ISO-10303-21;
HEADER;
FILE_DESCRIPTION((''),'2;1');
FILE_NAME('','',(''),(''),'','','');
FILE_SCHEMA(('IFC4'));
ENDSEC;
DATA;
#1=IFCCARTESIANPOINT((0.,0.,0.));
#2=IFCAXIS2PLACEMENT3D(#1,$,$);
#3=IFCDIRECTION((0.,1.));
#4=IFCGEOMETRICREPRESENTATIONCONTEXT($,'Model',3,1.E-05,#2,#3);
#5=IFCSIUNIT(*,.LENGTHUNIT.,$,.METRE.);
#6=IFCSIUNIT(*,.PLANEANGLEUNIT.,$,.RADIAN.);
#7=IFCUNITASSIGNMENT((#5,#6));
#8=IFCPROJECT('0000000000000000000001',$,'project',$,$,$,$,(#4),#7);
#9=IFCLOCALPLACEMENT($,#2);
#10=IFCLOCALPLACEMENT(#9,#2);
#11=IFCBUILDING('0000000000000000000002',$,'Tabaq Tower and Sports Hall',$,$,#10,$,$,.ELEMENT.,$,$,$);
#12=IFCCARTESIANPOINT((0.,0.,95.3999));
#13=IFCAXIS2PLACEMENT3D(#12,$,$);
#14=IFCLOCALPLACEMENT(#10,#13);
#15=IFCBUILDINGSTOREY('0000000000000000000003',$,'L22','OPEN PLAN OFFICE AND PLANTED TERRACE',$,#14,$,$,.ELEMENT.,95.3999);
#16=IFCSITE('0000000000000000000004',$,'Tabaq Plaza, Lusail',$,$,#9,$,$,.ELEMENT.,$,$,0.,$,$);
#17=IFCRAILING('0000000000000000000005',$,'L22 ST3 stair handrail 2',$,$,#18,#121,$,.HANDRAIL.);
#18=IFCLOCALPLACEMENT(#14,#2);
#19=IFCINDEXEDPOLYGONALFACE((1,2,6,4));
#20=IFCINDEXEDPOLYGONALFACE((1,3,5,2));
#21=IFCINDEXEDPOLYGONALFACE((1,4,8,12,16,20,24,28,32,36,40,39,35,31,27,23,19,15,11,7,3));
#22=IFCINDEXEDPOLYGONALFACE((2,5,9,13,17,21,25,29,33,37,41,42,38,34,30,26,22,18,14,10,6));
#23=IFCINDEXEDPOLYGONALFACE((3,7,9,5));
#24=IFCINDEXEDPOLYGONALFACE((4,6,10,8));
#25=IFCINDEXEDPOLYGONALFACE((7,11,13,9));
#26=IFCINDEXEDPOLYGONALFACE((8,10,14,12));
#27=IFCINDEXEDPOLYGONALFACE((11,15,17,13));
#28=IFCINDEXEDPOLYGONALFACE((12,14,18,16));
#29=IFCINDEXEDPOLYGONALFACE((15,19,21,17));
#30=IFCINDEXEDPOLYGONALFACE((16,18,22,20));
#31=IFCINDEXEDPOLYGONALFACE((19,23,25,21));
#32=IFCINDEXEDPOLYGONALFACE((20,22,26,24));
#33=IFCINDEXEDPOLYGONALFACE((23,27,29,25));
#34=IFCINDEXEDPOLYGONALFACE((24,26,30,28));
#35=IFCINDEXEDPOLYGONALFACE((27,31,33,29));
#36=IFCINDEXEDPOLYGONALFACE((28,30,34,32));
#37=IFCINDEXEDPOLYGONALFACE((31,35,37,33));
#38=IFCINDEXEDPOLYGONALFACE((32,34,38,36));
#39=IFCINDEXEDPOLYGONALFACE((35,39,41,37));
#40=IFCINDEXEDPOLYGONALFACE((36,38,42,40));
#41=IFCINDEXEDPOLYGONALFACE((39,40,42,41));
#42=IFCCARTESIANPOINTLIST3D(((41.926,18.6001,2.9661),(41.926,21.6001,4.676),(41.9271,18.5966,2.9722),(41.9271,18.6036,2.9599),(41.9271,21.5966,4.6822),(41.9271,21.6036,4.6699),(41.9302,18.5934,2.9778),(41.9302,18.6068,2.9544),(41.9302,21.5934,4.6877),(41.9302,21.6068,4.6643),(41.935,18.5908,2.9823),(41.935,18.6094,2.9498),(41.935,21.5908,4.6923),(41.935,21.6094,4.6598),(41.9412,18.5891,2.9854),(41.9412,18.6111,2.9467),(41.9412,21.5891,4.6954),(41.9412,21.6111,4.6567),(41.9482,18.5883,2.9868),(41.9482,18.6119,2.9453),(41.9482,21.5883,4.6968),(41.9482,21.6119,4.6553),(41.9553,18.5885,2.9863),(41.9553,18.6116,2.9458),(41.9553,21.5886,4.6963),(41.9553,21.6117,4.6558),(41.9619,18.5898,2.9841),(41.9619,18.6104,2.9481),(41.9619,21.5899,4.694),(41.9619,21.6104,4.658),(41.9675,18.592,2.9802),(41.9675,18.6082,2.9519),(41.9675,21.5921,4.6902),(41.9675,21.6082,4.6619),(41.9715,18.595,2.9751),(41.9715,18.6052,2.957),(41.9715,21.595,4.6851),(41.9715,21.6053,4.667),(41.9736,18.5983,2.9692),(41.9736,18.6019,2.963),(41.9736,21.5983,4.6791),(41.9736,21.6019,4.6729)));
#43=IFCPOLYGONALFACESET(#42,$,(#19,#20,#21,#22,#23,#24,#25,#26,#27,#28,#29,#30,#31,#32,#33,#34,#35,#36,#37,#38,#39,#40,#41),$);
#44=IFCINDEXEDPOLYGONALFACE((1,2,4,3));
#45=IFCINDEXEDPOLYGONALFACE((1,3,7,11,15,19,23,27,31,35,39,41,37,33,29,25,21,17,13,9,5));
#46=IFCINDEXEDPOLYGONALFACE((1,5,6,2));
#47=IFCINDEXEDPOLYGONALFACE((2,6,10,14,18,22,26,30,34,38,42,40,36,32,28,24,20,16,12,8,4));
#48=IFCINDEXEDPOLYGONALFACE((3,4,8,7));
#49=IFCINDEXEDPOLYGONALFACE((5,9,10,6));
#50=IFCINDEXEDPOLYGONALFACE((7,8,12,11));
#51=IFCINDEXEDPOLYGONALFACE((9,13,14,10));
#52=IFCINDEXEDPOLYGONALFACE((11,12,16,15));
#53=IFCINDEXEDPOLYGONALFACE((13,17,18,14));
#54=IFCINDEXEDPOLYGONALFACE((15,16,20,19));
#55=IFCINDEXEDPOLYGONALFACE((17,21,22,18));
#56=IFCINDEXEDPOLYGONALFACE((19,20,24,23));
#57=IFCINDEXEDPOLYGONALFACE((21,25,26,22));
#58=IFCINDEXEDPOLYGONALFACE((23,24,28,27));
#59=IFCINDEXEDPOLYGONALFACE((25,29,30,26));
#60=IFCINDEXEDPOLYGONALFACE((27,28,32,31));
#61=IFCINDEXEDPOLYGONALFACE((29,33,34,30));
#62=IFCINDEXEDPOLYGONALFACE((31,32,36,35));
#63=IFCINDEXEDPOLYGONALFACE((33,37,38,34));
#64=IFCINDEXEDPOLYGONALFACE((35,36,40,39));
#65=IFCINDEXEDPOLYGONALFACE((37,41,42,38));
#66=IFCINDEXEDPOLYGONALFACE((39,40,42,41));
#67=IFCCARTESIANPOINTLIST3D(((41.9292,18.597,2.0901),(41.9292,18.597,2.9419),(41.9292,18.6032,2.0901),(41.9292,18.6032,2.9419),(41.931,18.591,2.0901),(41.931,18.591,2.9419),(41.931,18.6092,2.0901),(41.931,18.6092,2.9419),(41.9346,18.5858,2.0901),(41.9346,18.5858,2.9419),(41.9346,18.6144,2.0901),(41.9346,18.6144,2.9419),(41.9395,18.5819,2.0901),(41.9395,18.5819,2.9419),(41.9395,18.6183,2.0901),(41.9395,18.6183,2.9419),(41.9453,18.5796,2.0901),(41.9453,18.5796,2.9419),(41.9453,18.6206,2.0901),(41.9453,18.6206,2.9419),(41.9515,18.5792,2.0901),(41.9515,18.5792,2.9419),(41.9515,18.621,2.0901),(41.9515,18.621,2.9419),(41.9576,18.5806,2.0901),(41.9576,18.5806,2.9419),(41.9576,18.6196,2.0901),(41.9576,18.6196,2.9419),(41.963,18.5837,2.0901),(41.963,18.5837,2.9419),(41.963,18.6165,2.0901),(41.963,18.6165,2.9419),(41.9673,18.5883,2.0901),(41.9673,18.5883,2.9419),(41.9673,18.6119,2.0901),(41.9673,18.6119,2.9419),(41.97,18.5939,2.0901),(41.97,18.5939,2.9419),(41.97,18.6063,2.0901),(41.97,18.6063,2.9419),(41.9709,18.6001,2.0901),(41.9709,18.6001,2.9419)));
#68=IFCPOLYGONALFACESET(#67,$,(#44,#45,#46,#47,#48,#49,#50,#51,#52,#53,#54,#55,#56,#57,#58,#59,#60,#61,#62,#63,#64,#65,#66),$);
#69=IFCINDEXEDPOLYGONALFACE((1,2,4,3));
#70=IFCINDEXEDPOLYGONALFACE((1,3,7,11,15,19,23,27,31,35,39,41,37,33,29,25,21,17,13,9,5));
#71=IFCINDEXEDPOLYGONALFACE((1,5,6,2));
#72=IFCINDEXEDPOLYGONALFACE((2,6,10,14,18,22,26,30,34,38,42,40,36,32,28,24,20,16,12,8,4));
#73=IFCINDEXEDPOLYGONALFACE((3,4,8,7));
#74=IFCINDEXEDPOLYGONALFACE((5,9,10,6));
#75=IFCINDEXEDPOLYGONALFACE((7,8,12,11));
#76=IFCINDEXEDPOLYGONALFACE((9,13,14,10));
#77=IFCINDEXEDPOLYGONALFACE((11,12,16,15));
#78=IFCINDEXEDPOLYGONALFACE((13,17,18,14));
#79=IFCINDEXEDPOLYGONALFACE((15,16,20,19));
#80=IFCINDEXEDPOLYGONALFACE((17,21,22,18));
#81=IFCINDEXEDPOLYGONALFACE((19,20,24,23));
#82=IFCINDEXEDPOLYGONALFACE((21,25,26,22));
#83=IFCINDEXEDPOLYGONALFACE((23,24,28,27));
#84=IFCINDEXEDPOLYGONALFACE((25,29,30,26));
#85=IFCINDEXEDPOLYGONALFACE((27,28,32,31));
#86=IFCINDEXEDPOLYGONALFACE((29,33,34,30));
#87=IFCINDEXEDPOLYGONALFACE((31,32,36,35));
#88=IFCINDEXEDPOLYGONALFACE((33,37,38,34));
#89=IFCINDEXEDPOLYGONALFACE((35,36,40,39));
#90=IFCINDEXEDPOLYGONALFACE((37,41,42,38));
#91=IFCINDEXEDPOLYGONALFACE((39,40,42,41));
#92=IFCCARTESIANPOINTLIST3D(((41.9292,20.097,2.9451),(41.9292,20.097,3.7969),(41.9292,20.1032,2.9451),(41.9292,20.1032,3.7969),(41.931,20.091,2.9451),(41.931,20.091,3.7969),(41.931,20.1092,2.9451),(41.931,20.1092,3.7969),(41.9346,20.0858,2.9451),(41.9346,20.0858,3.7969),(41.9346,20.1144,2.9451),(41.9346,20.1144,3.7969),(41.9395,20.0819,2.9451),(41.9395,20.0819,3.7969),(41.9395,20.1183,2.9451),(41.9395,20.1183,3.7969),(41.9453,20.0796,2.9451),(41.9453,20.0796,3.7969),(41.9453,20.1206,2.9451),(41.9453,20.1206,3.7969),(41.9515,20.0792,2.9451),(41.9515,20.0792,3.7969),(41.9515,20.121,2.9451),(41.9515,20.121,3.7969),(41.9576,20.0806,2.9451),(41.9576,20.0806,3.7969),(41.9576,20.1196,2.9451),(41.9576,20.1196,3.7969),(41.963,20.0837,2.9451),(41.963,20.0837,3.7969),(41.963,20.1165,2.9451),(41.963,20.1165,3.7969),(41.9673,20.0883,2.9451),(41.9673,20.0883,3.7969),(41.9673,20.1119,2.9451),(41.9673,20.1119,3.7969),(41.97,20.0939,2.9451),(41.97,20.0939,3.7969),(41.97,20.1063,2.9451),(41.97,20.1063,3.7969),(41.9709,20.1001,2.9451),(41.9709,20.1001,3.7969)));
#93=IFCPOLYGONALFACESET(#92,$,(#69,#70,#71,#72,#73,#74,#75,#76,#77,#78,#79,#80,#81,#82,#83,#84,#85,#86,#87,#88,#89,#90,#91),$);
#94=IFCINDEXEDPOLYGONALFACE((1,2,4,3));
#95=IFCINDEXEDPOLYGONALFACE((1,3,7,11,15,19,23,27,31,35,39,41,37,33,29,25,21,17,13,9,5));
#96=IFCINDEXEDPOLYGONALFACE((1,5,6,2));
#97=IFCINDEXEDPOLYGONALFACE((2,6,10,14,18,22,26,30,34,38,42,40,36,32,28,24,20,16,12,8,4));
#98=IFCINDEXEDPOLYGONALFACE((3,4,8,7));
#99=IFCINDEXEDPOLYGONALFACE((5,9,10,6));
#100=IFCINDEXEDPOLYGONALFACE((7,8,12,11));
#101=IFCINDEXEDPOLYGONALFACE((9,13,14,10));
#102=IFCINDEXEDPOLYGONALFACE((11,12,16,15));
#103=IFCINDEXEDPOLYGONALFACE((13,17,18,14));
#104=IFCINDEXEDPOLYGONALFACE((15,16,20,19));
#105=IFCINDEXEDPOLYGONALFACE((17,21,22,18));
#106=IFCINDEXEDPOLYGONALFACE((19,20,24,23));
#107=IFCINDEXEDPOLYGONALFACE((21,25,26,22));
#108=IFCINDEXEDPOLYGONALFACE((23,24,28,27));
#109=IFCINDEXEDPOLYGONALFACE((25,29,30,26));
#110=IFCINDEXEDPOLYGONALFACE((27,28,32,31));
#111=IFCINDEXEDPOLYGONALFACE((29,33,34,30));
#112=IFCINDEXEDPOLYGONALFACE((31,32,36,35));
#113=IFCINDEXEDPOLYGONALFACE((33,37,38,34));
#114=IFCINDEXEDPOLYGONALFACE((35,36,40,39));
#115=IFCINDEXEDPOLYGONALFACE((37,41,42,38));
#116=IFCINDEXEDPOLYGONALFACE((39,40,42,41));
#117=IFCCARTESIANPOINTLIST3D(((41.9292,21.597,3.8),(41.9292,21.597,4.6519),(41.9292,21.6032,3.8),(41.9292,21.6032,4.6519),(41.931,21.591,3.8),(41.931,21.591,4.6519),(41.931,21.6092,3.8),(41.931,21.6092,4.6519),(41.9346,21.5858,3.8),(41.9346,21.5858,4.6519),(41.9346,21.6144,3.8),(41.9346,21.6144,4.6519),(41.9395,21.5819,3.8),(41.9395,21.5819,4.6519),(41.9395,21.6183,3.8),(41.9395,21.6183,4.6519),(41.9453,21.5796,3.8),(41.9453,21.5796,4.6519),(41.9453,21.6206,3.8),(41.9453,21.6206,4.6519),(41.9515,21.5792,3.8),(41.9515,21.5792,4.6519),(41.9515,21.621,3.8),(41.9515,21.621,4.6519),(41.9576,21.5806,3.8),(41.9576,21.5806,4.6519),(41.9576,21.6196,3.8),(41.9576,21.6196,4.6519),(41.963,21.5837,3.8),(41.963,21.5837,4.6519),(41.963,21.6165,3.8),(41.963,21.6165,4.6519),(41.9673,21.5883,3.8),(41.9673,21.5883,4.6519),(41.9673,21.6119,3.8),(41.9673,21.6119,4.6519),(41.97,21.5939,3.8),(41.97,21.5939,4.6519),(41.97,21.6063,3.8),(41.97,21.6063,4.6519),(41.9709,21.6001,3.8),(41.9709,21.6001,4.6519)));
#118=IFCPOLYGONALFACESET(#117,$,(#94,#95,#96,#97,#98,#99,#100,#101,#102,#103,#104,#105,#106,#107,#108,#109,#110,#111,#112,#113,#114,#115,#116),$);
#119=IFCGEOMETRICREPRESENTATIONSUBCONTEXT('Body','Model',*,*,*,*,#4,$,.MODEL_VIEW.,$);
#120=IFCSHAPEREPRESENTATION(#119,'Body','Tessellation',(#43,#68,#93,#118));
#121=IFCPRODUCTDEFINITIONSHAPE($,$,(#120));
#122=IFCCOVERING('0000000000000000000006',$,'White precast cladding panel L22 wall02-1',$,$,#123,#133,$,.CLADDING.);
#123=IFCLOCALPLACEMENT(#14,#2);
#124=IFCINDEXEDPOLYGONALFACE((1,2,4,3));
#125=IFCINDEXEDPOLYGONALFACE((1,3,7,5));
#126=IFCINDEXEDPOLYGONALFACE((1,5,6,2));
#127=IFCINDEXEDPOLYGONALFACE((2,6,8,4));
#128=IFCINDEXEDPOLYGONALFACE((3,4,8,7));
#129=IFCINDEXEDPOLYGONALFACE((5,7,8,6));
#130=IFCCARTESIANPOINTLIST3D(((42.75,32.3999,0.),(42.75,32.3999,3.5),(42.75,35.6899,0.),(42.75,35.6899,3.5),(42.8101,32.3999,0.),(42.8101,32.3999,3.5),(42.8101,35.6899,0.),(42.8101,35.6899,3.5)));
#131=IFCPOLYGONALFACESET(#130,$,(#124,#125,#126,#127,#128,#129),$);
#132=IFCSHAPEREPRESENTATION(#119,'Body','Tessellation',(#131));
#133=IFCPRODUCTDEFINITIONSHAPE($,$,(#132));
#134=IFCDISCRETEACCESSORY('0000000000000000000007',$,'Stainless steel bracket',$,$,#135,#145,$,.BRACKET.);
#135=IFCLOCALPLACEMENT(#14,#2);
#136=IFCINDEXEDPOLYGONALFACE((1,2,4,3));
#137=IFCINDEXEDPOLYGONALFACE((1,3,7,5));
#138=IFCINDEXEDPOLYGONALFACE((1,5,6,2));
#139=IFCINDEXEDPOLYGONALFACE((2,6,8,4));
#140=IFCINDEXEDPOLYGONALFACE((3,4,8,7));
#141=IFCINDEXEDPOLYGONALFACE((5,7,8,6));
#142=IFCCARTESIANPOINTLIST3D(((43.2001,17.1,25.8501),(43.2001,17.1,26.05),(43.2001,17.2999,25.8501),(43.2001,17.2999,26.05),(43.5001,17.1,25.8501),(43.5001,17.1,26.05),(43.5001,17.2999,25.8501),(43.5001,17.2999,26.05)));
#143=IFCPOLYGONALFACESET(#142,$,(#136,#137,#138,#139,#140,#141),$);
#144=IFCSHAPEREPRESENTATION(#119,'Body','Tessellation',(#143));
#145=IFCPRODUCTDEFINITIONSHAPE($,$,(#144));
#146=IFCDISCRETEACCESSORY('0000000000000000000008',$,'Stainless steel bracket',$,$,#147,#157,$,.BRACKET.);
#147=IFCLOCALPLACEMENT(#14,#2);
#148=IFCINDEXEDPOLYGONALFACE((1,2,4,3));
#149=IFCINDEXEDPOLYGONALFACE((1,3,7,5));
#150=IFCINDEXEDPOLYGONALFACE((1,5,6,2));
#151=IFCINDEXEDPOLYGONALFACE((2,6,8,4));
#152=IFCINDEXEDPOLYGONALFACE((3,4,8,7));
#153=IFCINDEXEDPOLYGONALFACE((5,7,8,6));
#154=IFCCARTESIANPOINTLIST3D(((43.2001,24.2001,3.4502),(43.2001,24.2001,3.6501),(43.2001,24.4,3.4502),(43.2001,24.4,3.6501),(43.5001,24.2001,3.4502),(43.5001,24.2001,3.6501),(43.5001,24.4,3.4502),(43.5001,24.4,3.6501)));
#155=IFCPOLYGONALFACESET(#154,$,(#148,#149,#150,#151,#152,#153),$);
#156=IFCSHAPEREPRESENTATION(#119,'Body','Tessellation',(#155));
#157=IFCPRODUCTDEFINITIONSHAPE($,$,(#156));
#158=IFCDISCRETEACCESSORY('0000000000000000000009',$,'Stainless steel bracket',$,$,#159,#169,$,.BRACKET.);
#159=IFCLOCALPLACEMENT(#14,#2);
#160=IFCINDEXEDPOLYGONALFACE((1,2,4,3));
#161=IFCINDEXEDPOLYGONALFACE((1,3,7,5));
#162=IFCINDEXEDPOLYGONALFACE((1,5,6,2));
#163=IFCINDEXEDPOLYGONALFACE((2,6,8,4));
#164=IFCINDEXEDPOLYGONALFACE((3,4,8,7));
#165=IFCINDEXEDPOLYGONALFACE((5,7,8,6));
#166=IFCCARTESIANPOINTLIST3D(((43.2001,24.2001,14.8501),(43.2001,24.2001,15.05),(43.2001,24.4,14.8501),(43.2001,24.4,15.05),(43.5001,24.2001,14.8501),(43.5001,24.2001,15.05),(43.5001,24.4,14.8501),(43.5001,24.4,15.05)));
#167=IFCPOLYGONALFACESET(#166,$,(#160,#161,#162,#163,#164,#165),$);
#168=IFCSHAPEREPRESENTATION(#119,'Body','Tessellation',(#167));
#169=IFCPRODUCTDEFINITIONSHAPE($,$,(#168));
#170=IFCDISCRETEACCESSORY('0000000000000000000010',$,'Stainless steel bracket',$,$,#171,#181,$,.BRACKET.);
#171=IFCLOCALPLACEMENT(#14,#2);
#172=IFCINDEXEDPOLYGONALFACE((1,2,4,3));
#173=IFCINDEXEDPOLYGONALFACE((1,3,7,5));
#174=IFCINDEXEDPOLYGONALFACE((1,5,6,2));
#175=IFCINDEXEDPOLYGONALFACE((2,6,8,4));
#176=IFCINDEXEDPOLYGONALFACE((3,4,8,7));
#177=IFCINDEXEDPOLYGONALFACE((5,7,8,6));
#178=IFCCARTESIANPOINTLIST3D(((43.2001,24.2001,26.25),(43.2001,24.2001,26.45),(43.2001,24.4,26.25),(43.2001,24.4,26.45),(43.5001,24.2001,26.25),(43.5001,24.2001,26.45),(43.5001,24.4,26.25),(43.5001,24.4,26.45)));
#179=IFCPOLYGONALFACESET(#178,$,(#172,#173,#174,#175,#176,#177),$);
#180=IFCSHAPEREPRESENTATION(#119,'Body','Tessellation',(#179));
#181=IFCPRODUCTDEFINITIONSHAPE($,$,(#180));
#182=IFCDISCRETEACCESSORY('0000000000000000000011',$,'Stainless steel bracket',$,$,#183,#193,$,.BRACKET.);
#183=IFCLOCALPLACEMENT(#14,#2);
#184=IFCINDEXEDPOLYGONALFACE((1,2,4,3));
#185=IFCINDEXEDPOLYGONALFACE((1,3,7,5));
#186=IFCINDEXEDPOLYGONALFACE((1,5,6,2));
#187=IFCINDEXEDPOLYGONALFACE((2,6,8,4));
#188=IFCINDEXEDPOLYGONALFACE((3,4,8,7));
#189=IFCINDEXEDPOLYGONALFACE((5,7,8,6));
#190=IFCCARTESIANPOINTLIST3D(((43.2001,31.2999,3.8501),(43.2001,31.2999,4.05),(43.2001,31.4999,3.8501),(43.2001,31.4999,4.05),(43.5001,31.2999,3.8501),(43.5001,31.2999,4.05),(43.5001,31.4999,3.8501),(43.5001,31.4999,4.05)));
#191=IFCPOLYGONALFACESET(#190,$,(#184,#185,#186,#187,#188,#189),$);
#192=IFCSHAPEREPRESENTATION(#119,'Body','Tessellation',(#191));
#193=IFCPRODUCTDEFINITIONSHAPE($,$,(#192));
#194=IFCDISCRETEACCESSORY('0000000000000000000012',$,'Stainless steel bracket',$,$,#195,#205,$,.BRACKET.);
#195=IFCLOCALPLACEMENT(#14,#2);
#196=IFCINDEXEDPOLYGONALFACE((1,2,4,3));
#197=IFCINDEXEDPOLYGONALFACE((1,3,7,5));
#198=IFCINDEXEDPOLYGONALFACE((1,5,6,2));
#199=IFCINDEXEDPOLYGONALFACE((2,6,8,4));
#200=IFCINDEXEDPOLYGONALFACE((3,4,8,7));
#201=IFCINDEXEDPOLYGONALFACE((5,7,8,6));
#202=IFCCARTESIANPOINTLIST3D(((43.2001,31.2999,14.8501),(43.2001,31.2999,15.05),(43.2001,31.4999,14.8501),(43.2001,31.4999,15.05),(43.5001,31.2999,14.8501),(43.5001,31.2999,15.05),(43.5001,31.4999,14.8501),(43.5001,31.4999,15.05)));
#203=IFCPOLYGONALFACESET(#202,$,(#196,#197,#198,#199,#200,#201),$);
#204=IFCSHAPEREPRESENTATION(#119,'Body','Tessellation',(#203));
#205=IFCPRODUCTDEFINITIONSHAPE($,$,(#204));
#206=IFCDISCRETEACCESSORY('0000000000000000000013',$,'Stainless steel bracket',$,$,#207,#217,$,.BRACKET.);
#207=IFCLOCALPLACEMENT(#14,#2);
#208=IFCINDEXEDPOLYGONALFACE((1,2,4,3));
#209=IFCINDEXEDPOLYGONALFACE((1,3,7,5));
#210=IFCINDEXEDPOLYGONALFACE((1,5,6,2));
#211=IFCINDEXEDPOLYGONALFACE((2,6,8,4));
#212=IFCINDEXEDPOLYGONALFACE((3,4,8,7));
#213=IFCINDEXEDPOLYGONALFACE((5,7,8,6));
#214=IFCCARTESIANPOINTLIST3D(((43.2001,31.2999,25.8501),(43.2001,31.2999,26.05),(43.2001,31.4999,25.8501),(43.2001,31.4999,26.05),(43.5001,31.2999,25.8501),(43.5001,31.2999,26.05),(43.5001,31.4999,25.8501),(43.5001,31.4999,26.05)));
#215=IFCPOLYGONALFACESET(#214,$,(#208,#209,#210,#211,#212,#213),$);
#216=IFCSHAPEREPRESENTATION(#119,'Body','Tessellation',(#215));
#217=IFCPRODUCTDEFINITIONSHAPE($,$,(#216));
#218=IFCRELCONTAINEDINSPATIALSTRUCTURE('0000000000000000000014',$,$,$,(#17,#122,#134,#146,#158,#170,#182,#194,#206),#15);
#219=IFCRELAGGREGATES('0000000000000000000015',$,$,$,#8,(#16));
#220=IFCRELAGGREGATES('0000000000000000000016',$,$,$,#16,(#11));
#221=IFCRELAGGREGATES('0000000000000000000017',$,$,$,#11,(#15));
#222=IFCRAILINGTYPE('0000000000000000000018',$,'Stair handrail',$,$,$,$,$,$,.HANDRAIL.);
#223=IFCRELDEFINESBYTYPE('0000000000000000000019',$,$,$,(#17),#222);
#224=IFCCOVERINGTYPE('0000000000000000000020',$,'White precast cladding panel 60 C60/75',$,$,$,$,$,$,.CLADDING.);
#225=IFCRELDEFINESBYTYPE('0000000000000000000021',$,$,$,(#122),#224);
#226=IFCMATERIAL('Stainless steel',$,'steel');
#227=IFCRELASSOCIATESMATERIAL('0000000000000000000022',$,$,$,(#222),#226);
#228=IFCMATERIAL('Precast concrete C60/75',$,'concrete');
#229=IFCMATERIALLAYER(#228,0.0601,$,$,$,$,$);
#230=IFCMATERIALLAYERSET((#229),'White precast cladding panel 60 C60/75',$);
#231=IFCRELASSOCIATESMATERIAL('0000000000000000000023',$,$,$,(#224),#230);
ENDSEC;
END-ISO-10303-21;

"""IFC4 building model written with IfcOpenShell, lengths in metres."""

from ifc_helpers import new_model, si_unit, direction, frame, frame_2d, origin, origin_2d, place, context, subcontext, project, spatial, rectangle, circle, extrude, material, layer, layer_set, type_object, element, save


model = new_model("IFC4")

# Units and contexts
model_context = context("Model", 3, precision=1e-05, world=origin(), true_north=direction((0.0, 1.0)))
body_context = subcontext(model_context, "Body", "Model", "MODEL_VIEW")
ifc_project = project(units=[si_unit("LENGTHUNIT", "METRE"), si_unit("PLANEANGLEUNIT", "RADIAN")], contexts=[model_context])

# Site, building, storey
site_placement = place(None, origin())
site = spatial("IfcSite", under=ifc_project, at=site_placement, Name="Tabaq Plaza, Lusail", CompositionType="ELEMENT", RefElevation=0.0)
building_placement = place(site_placement, origin())
building = spatial("IfcBuilding", under=site, at=building_placement, Name="Tabaq Tower and Sports Hall", CompositionType="ELEMENT")
storey_placement = place(building_placement, frame((0.0, 0.0, 95.3999)))
storey = spatial("IfcBuildingStorey", under=building, at=storey_placement, Name="L22", Description="OPEN PLAN OFFICE AND PLANTED TERRACE", CompositionType="ELEMENT", Elevation=95.3999)

# Railing
ifc_material_1 = material(Name="Stainless steel", Category="steel")
railing_type_1 = type_object("IfcRailingType", Name="Stair handrail", PredefinedType="HANDRAIL", material=ifc_material_1)
railing_1_placement = place(storey_placement, frame((41.95, 18.6001, 2.0901)))
element("IfcRailing", 1, at=railing_1_placement, inside=storey, type_object=railing_type_1, Name="L22 ST3 stair handrail 2", PredefinedType="HANDRAIL", context=body_context, shape_type="SweptSolid", body=[
    extrude(circle(Radius=0.0239, at=origin_2d()), frame((0.0, 0.0, 0.876), z_axis=(0.0, 0.868782, 0.495195), x_axis=(-1.0, 0.0, 0.0)), (0.0, 0.0, 1.0), 3.4531),
    extrude(circle(Radius=0.021, at=origin_2d()), origin(), (0.0, 0.0, 1.0), 0.8518),
    extrude(circle(Radius=0.021, at=origin_2d()), frame((0.0, 1.5, 0.855)), (0.0, 0.0, 1.0), 0.8518),
    extrude(circle(Radius=0.021, at=origin_2d()), frame((0.0, 3.0, 1.71)), (0.0, 0.0, 1.0), 0.8518),
])

# Covering
ifc_material_2 = material(Name="Precast concrete C60/75", Category="concrete")
ifc_layer_1 = layer(ifc_material_2, 0.0601)
ifc_layer_set_1 = layer_set([ifc_layer_1], Name="White precast cladding panel 60 C60/75")
covering_type = type_object("IfcCoveringType", Name="White precast cladding panel 60 C60/75", PredefinedType="CLADDING", material=ifc_layer_set_1)
covering_placement = place(storey_placement, frame((42.78, 32.3999, 0.0), z_axis=(0.0, 0.0, 1.0), x_axis=(0.0, 1.0, 0.0)))
element("IfcCovering", 2, at=covering_placement, inside=storey, type_object=covering_type, Name="White precast cladding panel L22 wall02-1", PredefinedType="CLADDING", context=body_context, shape_type="SweptSolid", body=[
    extrude(rectangle(XDim=3.29, YDim=0.0601, at=frame_2d((1.645, 0.0))), origin(), (0.0, 0.0, 1.0), 3.5),
])

# Discrete accessories
for number, where, z_axis, x_axis, name in (
    (3, (43.3501, 17.2, 25.8501), (0.0, 0.0, 1.0), (0.0, 1.0, 0.0), "Stainless steel bracket"),
    (4, (43.3501, 24.3, 3.4502), (0.0, 0.0, 1.0), (0.0, 1.0, 0.0), "Stainless steel bracket"),
    (5, (43.3501, 24.3, 14.8501), (0.0, 0.0, 1.0), (0.0, 1.0, 0.0), "Stainless steel bracket"),
    (6, (43.3501, 24.3, 26.25), (0.0, 0.0, 1.0), (0.0, 1.0, 0.0), "Stainless steel bracket"),
    (7, (43.3501, 31.3999, 3.8501), (0.0, 0.0, 1.0), (0.0, 1.0, 0.0), "Stainless steel bracket"),
    (8, (43.3501, 31.3999, 14.8501), (0.0, 0.0, 1.0), (0.0, 1.0, 0.0), "Stainless steel bracket"),
    (9, (43.3501, 31.3999, 25.8501), (0.0, 0.0, 1.0), (0.0, 1.0, 0.0), "Stainless steel bracket"),
):
    element("IfcDiscreteAccessory", number, at=place(storey_placement, frame(where, z_axis=z_axis, x_axis=x_axis)), inside=storey, Name=name, PredefinedType="BRACKET", context=body_context, shape_type="SweptSolid", body=[
        extrude(rectangle(XDim=0.2, YDim=0.3, at=origin_2d()), origin(), (0.0, 0.0, 1.0), 0.2),
    ])

save(model, "model.ifc")
